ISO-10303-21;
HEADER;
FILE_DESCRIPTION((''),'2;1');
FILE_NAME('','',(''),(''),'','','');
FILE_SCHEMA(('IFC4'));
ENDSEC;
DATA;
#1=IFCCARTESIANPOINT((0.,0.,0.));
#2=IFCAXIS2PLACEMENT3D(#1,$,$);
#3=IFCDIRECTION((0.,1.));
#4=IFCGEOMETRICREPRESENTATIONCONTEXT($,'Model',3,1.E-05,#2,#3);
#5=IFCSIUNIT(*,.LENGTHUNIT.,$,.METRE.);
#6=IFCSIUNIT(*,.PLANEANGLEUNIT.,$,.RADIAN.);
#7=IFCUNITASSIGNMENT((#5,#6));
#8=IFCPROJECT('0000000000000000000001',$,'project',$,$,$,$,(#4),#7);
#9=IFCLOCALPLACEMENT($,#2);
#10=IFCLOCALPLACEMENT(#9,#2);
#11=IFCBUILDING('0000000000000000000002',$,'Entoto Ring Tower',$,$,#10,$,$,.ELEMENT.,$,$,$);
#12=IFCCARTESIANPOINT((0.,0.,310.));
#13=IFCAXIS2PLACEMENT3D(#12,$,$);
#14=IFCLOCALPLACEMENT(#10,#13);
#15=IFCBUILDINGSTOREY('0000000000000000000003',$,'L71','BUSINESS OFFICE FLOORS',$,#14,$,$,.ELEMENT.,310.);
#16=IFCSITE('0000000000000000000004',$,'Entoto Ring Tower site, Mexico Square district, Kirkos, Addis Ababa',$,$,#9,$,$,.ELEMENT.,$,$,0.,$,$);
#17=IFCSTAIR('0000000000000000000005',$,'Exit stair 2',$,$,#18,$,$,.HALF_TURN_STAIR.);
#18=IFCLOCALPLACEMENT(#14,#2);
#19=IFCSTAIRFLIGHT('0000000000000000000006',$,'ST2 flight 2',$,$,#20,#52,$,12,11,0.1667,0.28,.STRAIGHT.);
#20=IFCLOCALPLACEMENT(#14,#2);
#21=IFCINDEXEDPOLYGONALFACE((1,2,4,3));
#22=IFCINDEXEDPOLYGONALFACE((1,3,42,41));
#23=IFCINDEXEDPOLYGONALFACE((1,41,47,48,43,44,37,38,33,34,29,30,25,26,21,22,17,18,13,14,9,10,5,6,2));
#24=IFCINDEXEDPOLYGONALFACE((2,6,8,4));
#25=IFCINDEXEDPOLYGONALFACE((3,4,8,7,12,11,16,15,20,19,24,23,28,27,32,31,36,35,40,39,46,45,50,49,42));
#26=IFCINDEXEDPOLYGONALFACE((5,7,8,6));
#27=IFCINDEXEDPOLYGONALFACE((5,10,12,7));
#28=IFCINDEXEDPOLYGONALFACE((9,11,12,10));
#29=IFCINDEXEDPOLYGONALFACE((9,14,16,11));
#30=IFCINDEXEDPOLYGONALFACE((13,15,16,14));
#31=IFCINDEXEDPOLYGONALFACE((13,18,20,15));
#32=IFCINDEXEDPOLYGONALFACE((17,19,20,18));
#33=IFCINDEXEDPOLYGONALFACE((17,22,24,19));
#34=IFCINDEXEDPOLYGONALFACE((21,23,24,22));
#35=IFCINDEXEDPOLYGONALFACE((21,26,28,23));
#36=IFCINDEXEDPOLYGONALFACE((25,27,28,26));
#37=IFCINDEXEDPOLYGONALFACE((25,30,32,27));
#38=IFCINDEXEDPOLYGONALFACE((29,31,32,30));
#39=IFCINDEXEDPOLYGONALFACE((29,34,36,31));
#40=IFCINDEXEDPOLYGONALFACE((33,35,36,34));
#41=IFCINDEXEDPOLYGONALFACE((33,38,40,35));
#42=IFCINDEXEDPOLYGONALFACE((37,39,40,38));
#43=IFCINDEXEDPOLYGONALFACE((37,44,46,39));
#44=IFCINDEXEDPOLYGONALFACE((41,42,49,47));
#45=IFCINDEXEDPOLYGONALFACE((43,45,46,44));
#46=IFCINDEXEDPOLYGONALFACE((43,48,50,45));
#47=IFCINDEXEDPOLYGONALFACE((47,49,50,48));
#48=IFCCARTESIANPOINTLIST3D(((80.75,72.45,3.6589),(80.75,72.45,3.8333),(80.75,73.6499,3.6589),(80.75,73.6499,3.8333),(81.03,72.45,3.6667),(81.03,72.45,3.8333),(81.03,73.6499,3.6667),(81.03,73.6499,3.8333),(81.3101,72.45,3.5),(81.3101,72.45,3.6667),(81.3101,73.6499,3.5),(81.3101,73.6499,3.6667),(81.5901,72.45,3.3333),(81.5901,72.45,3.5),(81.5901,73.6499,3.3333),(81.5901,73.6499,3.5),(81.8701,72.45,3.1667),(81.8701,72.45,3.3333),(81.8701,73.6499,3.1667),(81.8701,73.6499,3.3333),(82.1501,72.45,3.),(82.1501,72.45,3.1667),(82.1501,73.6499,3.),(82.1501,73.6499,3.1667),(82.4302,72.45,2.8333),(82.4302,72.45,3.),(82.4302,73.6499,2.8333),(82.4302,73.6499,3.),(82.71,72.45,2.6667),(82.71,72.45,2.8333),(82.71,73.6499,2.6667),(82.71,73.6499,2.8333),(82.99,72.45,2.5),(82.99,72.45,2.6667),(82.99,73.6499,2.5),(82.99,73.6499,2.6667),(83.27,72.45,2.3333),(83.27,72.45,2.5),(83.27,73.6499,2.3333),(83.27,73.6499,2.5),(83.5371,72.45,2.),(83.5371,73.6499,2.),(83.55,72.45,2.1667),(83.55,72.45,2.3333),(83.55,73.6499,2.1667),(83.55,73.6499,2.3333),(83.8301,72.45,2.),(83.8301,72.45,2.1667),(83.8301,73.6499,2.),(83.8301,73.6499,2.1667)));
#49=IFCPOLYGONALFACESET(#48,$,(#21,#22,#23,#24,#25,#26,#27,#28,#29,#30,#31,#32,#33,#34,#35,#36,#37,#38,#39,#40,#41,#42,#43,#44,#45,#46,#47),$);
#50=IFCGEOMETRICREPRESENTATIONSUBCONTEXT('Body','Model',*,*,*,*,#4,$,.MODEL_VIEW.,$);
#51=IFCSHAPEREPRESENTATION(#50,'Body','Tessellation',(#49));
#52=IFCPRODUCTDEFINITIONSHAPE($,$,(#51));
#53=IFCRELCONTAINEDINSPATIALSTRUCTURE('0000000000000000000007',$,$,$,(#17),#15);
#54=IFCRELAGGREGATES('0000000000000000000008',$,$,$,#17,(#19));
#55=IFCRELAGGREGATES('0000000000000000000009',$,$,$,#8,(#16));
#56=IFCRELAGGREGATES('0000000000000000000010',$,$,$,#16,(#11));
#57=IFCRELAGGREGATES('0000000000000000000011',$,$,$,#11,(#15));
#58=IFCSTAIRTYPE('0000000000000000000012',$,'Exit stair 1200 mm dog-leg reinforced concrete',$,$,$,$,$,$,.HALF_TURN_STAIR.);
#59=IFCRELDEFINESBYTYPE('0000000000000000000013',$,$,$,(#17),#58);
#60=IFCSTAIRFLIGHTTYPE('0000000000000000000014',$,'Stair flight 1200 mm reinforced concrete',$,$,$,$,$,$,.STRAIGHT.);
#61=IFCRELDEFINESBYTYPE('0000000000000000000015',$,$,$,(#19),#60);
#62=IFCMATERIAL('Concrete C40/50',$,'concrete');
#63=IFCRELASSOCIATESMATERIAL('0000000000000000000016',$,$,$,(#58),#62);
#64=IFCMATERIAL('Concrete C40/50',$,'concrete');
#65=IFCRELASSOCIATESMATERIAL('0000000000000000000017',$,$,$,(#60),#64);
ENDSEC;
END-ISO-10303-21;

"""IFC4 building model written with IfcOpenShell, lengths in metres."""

from ifc_helpers import new_model, si_unit, direction, frame, origin, place, context, subcontext, project, spatial, polyline, outline, extrude, material, type_object, element, aggregate, save


model = new_model("IFC4")

# Units and contexts
model_context = context("Model", 3, precision=1e-05, world=origin(), true_north=direction((0.0, 1.0)))
body_context = subcontext(model_context, "Body", "Model", "MODEL_VIEW")
ifc_project = project(units=[si_unit("LENGTHUNIT", "METRE"), si_unit("PLANEANGLEUNIT", "RADIAN")], contexts=[model_context])

# Site, building, storey
site_placement = place(None, origin())
site = spatial("IfcSite", under=ifc_project, at=site_placement, Name="Entoto Ring Tower site, Mexico Square district, Kirkos, Addis Ababa", CompositionType="ELEMENT", RefElevation=0.0)
building_placement = place(site_placement, origin())
building = spatial("IfcBuilding", under=site, at=building_placement, Name="Entoto Ring Tower", CompositionType="ELEMENT")
storey_placement = place(building_placement, frame((0.0, 0.0, 310.0)))
storey = spatial("IfcBuildingStorey", under=building, at=storey_placement, Name="L71", Description="BUSINESS OFFICE FLOORS", CompositionType="ELEMENT", Elevation=310.0)

# Stair, stair flight
ifc_material_1 = material(Name="Concrete C40/50", Category="concrete")
stair_type = type_object("IfcStairType", Name="Exit stair 1200 mm dog-leg reinforced concrete", PredefinedType="HALF_TURN_STAIR", material=ifc_material_1)
stair_placement = place(storey_placement, origin())
stair = element("IfcStair", 1, at=stair_placement, inside=storey, type_object=stair_type, Name="Exit stair 2", PredefinedType="HALF_TURN_STAIR")
ifc_material_2 = material(Name="Concrete C40/50", Category="concrete")
stair_flight_type = type_object("IfcStairFlightType", Name="Stair flight 1200 mm reinforced concrete", PredefinedType="STRAIGHT", material=ifc_material_2)
stair_flight_placement = place(storey_placement, frame((83.8301, 73.05, 2.0), z_axis=(0.0, 0.0, 1.0), x_axis=(-1.0, 0.0, 0.0)))
stair_flight = element("IfcStairFlight", 2, at=stair_flight_placement, type_object=stair_flight_type, Name="ST2 flight 2", NumberOfRisers=12, NumberOfTreads=11, PredefinedType="STRAIGHT", RiserHeight=0.1667, TreadLength=0.28, context=body_context, shape_type="SweptSolid", body=[
    extrude(outline(polyline([(0.0, 0.0), (0.0, 0.1667), (0.28, 0.1667), (0.28, 0.3333), (0.5601, 0.3333), (0.5601, 0.5), (0.8401, 0.5), (0.8401, 0.6667), (1.1201, 0.6667), (1.1201, 0.8333), (1.3999, 0.8333), (1.3999, 1.0), (1.6799, 1.0), (1.6799, 1.1667), (1.96, 1.1667), (1.96, 1.3333), (2.24, 1.3333), (2.24, 1.5), (2.52, 1.5), (2.52, 1.6667), (2.8, 1.6667), (2.8, 1.8333), (3.0801, 1.8333), (3.0801, 2.0), (3.0801, 1.6589), (0.293, 0.0), (0.0, 0.0)])), frame((0.0, 0.6001, 0.0), z_axis=(0.0, -1.0, 0.0), x_axis=(1.0, 0.0, 0.0)), (0.0, 0.0, 1.0), 1.2),
])
aggregate(stair, [stair_flight])

save(model, "model.ifc")
